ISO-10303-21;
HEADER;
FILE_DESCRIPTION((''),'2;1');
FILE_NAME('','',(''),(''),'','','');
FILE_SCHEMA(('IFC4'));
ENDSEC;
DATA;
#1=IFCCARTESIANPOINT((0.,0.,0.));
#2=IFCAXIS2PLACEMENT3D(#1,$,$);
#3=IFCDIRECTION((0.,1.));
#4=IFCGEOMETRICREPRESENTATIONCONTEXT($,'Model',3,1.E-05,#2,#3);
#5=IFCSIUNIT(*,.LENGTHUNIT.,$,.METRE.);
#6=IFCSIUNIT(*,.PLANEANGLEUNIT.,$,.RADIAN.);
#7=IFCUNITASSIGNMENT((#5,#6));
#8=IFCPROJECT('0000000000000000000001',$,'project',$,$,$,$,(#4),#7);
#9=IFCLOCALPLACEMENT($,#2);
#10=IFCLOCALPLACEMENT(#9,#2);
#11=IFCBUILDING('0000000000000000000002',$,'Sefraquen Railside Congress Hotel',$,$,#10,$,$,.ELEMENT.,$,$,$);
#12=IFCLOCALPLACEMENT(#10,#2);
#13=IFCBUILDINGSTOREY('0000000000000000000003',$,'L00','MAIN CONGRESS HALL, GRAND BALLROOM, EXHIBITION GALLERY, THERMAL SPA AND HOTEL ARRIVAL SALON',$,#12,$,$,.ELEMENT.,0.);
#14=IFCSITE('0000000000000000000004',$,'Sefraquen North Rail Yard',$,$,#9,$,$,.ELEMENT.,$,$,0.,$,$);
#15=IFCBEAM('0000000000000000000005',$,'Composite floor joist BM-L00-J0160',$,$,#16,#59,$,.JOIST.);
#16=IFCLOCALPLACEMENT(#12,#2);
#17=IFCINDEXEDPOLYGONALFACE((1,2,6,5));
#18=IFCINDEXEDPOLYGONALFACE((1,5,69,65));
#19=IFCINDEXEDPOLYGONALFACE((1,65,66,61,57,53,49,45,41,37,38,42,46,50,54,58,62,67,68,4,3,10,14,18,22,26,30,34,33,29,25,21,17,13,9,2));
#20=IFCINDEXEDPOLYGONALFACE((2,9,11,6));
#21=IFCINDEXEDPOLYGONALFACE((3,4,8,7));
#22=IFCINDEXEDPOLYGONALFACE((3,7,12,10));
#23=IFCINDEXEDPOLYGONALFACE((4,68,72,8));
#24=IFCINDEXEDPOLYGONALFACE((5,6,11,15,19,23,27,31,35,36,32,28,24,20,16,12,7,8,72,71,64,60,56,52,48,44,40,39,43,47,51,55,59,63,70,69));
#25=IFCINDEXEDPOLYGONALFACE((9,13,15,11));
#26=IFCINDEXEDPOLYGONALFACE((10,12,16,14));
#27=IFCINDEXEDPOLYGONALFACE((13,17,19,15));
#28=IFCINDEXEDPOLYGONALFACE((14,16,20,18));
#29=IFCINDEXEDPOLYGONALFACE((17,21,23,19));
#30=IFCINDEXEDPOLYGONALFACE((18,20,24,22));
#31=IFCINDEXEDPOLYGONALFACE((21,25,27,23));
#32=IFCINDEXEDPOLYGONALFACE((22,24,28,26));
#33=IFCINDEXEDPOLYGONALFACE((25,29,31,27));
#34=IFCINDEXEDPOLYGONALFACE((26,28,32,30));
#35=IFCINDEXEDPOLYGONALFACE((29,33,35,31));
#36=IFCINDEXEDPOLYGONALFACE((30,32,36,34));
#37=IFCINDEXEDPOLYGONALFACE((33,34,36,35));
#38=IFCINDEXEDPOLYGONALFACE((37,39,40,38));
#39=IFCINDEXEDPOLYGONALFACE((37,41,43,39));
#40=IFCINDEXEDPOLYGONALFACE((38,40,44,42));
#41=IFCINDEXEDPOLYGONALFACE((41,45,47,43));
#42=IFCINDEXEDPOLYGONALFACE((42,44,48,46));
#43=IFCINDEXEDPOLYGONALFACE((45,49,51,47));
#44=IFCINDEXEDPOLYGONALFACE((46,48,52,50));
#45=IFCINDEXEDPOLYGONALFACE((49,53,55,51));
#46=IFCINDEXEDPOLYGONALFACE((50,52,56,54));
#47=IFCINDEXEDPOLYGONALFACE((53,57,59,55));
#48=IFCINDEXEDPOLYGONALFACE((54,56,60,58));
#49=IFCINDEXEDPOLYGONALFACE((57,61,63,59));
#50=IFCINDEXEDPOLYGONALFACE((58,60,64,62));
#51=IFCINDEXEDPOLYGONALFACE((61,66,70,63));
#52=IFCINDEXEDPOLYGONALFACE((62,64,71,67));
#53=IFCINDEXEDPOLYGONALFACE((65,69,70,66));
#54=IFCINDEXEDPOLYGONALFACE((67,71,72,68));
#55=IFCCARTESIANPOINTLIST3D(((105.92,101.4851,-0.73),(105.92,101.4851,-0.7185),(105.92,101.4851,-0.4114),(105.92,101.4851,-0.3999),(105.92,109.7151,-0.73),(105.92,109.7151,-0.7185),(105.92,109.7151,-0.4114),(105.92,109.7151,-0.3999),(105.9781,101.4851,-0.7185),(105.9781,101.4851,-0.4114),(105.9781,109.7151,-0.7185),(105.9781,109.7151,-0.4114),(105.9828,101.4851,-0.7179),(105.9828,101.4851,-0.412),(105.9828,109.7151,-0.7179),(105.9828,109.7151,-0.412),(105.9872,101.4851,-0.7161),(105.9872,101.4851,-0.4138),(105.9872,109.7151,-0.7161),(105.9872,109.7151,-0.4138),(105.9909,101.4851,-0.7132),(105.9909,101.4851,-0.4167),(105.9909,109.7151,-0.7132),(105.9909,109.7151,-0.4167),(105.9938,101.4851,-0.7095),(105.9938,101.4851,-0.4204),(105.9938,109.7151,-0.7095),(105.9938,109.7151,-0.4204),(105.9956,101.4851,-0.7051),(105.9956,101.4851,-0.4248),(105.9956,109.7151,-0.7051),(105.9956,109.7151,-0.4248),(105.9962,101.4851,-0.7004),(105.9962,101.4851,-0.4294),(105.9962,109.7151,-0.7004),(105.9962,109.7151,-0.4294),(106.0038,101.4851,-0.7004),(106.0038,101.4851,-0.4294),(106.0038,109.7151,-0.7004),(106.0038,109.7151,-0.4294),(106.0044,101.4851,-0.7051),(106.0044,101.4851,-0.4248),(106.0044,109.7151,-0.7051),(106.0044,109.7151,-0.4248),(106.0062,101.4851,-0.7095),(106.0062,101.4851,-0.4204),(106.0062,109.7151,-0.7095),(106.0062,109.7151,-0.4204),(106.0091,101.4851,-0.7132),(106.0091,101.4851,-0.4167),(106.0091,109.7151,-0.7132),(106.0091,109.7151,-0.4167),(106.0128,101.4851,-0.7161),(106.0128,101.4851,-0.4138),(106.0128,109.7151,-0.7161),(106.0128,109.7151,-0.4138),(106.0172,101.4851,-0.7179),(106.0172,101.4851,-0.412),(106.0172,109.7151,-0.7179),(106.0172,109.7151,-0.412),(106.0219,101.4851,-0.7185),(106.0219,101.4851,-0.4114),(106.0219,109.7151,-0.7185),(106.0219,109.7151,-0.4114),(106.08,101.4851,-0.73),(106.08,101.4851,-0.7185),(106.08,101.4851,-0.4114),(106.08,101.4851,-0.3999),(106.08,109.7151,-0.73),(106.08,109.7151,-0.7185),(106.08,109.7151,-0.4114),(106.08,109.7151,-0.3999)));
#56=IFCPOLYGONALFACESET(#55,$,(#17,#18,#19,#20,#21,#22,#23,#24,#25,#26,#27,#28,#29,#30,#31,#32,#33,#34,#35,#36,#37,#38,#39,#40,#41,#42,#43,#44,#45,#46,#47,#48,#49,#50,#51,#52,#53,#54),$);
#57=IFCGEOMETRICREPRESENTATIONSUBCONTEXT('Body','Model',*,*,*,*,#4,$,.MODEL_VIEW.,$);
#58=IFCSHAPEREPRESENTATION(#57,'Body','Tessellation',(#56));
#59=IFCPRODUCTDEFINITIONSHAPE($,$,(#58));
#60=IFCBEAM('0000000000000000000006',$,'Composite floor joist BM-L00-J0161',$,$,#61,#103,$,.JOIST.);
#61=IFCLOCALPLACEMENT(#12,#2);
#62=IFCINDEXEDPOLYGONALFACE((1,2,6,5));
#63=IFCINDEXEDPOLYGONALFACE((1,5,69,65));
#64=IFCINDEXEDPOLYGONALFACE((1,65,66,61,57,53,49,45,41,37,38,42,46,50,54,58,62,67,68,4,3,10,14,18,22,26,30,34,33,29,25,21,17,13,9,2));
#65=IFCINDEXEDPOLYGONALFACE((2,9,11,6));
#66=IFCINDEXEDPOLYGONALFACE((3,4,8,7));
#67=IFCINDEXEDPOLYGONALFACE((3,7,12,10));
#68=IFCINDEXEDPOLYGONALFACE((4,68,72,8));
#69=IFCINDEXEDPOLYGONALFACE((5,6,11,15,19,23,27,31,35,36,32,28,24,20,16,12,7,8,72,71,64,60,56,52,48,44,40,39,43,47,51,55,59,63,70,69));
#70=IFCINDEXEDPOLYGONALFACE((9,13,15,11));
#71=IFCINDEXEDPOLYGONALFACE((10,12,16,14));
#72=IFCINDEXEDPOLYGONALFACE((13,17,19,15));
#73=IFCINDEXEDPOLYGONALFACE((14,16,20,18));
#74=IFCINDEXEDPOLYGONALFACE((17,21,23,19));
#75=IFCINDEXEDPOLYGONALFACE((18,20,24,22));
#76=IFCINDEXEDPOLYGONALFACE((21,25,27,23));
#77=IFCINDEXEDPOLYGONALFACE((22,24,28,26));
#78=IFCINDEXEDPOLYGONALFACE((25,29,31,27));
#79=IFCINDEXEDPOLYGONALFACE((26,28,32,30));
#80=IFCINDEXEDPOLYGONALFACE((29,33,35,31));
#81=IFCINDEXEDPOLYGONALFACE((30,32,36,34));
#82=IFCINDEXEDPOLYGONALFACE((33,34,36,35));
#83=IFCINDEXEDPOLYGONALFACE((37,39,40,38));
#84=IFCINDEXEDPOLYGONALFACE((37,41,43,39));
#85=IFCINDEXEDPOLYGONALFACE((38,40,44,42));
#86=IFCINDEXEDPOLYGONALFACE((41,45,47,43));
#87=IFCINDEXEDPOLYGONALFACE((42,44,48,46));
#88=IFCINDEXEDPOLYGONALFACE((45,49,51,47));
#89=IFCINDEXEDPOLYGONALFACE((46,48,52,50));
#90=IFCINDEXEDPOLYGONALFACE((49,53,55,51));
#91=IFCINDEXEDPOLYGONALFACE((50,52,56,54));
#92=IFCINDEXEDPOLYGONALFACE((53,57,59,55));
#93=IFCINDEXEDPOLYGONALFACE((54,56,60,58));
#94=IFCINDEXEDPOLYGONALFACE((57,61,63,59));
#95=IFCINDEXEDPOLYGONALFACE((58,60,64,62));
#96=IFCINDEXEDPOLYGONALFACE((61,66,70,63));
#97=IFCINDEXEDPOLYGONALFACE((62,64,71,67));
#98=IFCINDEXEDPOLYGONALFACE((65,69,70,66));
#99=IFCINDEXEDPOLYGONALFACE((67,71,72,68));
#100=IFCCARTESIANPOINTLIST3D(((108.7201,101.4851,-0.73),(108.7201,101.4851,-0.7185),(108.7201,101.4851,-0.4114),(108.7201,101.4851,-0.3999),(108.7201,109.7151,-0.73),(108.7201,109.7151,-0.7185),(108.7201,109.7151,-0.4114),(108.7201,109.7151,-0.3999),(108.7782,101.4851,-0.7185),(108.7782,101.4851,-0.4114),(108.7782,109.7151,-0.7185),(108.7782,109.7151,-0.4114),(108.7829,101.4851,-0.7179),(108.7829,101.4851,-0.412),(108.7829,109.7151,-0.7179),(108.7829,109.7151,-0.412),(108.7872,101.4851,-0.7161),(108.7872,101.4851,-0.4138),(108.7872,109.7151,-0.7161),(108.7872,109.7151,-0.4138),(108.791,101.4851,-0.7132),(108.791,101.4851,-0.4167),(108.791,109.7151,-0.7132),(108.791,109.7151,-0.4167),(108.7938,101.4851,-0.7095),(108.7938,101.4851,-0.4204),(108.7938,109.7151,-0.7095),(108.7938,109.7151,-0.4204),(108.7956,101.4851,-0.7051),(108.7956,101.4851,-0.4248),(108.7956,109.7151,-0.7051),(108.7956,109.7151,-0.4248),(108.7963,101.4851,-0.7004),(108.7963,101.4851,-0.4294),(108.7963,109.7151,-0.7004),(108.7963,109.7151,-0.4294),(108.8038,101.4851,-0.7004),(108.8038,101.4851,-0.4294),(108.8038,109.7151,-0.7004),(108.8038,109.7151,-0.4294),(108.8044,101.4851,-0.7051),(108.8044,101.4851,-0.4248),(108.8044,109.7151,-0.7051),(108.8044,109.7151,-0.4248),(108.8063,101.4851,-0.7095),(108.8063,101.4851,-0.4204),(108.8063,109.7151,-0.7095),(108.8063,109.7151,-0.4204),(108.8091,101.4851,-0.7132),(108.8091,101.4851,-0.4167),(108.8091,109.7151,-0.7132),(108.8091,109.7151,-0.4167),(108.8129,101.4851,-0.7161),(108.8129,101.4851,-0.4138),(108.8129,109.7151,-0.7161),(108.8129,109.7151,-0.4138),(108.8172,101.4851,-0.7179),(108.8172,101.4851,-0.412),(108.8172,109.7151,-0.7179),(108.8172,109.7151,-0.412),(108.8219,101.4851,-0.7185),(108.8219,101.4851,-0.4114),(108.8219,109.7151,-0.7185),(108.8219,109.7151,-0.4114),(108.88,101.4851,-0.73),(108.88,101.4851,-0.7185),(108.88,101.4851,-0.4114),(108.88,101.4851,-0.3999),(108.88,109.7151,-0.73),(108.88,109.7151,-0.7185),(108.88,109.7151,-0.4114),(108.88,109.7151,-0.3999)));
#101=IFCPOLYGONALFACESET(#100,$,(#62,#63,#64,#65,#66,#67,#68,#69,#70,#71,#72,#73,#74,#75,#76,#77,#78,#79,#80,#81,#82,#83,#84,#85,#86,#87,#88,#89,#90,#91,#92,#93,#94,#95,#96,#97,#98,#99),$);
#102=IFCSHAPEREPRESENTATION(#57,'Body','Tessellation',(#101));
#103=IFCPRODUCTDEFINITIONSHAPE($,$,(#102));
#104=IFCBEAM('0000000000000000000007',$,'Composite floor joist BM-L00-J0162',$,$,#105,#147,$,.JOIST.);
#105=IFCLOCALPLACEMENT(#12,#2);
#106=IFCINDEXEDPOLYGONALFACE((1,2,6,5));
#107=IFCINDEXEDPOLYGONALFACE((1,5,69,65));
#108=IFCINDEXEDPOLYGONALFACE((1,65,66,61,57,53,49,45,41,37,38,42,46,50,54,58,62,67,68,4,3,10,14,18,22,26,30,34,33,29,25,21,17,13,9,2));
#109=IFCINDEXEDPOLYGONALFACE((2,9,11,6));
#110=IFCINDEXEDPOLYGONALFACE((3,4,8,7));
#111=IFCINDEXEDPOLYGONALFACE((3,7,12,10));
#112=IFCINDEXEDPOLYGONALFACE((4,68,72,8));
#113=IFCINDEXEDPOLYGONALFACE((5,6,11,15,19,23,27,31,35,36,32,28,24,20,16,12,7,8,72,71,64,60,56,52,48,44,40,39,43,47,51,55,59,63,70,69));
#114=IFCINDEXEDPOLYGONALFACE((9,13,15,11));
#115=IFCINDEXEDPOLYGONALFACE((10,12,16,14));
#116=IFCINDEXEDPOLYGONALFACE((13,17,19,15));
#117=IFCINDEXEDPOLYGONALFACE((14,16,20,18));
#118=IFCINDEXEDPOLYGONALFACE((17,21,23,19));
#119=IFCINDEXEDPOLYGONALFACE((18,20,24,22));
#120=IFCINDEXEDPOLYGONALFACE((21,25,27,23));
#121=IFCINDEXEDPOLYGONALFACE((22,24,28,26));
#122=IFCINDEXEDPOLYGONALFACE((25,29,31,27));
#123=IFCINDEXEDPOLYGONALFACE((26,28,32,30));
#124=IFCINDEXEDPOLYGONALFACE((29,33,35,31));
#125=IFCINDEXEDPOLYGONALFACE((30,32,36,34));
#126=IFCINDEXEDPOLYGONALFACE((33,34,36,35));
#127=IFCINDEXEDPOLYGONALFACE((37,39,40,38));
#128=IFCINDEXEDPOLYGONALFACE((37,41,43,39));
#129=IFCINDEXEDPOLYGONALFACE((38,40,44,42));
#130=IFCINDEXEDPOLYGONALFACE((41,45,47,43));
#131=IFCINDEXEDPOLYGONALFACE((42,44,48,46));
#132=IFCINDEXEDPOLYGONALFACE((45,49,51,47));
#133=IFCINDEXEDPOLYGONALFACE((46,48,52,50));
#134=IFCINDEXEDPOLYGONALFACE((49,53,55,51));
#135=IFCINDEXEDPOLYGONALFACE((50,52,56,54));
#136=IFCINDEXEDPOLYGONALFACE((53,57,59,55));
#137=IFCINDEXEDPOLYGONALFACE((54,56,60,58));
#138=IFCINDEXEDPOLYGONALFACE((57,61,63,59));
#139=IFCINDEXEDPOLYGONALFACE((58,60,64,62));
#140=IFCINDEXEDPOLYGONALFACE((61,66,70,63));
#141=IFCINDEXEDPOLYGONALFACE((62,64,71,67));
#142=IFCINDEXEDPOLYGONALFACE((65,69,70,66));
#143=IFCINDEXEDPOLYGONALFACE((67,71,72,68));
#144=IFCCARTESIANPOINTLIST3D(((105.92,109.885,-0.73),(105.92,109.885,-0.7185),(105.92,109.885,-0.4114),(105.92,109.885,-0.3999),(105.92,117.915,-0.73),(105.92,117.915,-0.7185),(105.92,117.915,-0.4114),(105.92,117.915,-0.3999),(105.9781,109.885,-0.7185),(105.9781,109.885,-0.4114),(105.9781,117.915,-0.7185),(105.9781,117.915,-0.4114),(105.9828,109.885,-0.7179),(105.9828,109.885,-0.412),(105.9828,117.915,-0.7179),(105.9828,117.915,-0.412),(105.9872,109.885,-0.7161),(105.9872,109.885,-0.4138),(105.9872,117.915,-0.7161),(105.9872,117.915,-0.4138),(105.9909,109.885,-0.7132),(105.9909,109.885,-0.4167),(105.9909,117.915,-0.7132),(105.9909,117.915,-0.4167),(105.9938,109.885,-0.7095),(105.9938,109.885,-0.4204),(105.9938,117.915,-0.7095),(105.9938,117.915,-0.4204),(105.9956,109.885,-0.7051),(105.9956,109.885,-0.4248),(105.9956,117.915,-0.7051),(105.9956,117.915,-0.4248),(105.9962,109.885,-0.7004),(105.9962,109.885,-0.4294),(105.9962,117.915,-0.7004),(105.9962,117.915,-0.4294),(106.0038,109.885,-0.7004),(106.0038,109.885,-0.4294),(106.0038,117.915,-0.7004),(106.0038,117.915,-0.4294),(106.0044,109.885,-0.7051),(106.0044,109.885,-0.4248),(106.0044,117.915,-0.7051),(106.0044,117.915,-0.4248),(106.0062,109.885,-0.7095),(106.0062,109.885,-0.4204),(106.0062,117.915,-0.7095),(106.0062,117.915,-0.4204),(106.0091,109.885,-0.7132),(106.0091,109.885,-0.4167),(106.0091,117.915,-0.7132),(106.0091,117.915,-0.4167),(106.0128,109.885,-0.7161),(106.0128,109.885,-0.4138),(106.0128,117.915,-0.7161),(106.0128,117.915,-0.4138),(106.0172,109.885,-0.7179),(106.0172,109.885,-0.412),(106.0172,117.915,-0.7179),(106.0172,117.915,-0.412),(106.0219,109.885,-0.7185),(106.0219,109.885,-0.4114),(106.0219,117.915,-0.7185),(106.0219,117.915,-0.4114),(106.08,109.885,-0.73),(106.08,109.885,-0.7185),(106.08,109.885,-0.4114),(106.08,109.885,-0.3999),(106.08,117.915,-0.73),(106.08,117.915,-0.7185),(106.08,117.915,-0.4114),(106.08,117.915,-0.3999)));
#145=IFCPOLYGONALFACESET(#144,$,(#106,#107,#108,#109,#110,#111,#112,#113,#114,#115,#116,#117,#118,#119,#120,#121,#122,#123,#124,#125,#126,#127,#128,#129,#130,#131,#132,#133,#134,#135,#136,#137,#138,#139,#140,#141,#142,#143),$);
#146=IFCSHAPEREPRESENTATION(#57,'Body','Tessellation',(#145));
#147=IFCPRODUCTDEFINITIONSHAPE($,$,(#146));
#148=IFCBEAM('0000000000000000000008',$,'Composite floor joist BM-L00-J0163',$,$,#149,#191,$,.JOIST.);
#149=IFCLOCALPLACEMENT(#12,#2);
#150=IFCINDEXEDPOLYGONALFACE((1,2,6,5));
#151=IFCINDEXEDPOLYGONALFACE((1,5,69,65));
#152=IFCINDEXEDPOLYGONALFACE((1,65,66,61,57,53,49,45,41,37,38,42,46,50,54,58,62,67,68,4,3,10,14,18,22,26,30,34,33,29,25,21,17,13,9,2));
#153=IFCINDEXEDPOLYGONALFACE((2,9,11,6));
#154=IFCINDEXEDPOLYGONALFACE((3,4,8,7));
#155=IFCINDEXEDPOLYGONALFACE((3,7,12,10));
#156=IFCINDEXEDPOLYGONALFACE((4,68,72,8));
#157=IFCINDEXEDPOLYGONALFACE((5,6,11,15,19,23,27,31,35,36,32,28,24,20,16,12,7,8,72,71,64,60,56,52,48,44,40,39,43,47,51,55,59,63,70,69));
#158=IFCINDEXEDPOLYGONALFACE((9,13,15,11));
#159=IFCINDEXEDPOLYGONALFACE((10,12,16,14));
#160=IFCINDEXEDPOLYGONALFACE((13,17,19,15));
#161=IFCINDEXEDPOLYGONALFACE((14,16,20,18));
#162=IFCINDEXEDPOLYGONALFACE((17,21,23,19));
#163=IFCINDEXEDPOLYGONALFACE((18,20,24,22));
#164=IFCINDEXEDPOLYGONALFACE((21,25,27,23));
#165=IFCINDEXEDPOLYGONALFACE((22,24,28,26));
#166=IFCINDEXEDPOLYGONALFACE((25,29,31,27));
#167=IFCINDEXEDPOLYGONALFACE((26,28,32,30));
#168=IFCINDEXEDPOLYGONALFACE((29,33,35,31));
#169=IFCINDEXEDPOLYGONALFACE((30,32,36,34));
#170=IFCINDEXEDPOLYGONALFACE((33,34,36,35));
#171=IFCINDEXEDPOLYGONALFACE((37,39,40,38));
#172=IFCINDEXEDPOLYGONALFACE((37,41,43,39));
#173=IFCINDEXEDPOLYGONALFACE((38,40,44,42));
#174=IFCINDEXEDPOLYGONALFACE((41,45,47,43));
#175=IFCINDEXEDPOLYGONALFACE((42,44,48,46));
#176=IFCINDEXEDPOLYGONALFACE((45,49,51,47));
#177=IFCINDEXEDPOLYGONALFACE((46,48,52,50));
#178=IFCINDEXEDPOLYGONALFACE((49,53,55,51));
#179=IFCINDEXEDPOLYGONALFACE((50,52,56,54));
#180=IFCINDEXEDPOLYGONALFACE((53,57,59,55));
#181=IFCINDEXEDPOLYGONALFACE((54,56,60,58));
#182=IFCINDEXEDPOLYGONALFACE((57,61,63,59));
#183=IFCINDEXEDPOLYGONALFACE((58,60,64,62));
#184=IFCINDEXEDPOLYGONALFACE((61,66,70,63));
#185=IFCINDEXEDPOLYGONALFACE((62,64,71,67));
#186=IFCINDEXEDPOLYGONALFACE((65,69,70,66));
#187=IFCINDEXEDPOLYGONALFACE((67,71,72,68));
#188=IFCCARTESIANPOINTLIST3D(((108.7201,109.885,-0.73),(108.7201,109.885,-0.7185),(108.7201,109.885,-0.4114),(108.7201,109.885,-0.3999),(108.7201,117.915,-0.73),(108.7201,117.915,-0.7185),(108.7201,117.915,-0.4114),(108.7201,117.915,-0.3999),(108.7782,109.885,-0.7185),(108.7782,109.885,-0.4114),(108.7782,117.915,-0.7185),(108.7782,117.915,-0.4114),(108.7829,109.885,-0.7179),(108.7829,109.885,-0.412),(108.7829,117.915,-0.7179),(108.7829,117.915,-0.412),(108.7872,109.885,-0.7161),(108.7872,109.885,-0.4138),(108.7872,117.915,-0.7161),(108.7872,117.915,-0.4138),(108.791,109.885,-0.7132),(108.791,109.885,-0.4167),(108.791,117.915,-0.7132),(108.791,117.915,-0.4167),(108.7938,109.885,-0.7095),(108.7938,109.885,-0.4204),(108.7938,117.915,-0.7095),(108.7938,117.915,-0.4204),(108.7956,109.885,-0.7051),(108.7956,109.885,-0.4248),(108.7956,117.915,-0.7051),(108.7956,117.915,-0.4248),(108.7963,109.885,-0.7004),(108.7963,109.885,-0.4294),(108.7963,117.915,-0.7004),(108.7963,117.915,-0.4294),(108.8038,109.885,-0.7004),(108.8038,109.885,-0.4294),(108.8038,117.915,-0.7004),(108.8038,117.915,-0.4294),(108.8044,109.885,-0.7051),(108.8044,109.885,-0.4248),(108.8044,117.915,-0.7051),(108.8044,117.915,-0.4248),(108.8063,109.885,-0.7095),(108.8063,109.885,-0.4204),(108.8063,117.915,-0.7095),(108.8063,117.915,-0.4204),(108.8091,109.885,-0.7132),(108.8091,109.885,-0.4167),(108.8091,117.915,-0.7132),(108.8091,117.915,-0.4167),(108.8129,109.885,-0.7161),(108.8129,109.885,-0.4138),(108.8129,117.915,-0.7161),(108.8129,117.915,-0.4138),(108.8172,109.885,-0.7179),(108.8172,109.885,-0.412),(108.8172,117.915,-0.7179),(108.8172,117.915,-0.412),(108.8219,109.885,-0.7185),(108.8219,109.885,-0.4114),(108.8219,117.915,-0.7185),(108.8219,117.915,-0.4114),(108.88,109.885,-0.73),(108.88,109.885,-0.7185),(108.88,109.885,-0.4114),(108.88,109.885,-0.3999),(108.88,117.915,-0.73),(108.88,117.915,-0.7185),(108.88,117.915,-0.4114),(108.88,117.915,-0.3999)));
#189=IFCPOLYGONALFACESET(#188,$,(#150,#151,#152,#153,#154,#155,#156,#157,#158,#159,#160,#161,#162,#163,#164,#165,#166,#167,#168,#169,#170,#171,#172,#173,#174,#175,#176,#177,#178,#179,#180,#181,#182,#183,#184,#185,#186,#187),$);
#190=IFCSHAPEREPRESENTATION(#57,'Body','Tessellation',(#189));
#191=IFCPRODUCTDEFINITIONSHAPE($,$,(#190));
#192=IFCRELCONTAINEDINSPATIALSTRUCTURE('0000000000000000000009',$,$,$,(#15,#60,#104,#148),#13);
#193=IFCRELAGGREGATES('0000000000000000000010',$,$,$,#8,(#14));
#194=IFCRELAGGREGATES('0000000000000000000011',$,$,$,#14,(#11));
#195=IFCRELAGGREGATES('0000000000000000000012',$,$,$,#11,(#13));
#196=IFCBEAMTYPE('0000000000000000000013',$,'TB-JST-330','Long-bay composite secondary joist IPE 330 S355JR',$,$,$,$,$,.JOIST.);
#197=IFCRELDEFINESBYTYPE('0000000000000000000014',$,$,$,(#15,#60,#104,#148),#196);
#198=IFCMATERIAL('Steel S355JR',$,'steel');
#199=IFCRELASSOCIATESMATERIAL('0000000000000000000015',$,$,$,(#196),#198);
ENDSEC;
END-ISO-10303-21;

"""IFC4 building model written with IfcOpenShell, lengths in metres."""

from ifc_helpers import new_model, si_unit, direction, frame, origin, origin_2d, place, context, subcontext, project, spatial, i_section, extrude, material, material_profile, profile_set, type_object, element, save


model = new_model("IFC4")

# Units and contexts
model_context = context("Model", 3, precision=1e-05, world=origin(), true_north=direction((0.0, 1.0)))
body_context = subcontext(model_context, "Body", "Model", "MODEL_VIEW")
ifc_project = project(units=[si_unit("LENGTHUNIT", "METRE"), si_unit("PLANEANGLEUNIT", "RADIAN")], contexts=[model_context])

# Site, building, storey
site_placement = place(None, origin())
site = spatial("IfcSite", under=ifc_project, at=site_placement, Name="Sefraquen North Rail Yard", CompositionType="ELEMENT", RefElevation=0.0)
building_placement = place(site_placement, origin())
building = spatial("IfcBuilding", under=site, at=building_placement, Name="Sefraquen Railside Congress Hotel", CompositionType="ELEMENT")
storey_placement = place(building_placement, origin())
storey = spatial("IfcBuildingStorey", under=building, at=storey_placement, Name="L00", Description="MAIN CONGRESS HALL, GRAND BALLROOM, EXHIBITION GALLERY, THERMAL SPA AND HOTEL ARRIVAL SALON", CompositionType="ELEMENT", Elevation=0.0)

# Shared definitions
ifc_material_1 = material(Name="Steel S355JR", Category="steel")

# Beams
ifc_material_profile_1 = material_profile(ifc_material_1, i_section(OverallWidth=0.1599, OverallDepth=0.3301, WebThickness=0.0076, FlangeThickness=0.0115, FilletRadius=0.0181, at=origin_2d()), Name="IPE 330")
ifc_profile_set_1 = profile_set([ifc_material_profile_1], Name="Steel S355JR")
beam_type_1 = type_object("IfcBeamType", Name="TB-JST-330", Description="Long-bay composite secondary joist IPE 330 S355JR", PredefinedType="JOIST", material=ifc_profile_set_1)
for number, where, z_axis, x_axis, name in (
    (1, (106.0, 101.4851, -0.5649), (0.0, 1.0, 0.0), (-1.0, 0.0, 0.0), "Composite floor joist BM-L00-J0160"),
    (2, (108.8, 101.4851, -0.5649), (0.0, 1.0, 0.0), (-1.0, 0.0, 0.0), "Composite floor joist BM-L00-J0161"),
):
    element("IfcBeam", number, at=place(storey_placement, frame(where, z_axis=z_axis, x_axis=x_axis)), inside=storey, type_object=beam_type_1, Name=name, PredefinedType="JOIST", context=body_context, shape_type="SweptSolid", body=[
        extrude(i_section(OverallWidth=0.1599, OverallDepth=0.3301, WebThickness=0.0076, FlangeThickness=0.0115, FilletRadius=0.0181, at=origin_2d()), origin(), (0.0, 0.0, 1.0), 8.23),
    ])
for number, where, z_axis, x_axis, name in (
    (3, (106.0, 109.885, -0.5649), (0.0, 1.0, 0.0), (-1.0, 0.0, 0.0), "Composite floor joist BM-L00-J0162"),
    (4, (108.8, 109.885, -0.5649), (0.0, 1.0, 0.0), (-1.0, 0.0, 0.0), "Composite floor joist BM-L00-J0163"),
):
    element("IfcBeam", number, at=place(storey_placement, frame(where, z_axis=z_axis, x_axis=x_axis)), inside=storey, type_object=beam_type_1, Name=name, PredefinedType="JOIST", context=body_context, shape_type="SweptSolid", body=[
        extrude(i_section(OverallWidth=0.1599, OverallDepth=0.3301, WebThickness=0.0076, FlangeThickness=0.0115, FilletRadius=0.0181, at=origin_2d()), origin(), (0.0, 0.0, 1.0), 8.03),
    ])

save(model, "model.ifc")
